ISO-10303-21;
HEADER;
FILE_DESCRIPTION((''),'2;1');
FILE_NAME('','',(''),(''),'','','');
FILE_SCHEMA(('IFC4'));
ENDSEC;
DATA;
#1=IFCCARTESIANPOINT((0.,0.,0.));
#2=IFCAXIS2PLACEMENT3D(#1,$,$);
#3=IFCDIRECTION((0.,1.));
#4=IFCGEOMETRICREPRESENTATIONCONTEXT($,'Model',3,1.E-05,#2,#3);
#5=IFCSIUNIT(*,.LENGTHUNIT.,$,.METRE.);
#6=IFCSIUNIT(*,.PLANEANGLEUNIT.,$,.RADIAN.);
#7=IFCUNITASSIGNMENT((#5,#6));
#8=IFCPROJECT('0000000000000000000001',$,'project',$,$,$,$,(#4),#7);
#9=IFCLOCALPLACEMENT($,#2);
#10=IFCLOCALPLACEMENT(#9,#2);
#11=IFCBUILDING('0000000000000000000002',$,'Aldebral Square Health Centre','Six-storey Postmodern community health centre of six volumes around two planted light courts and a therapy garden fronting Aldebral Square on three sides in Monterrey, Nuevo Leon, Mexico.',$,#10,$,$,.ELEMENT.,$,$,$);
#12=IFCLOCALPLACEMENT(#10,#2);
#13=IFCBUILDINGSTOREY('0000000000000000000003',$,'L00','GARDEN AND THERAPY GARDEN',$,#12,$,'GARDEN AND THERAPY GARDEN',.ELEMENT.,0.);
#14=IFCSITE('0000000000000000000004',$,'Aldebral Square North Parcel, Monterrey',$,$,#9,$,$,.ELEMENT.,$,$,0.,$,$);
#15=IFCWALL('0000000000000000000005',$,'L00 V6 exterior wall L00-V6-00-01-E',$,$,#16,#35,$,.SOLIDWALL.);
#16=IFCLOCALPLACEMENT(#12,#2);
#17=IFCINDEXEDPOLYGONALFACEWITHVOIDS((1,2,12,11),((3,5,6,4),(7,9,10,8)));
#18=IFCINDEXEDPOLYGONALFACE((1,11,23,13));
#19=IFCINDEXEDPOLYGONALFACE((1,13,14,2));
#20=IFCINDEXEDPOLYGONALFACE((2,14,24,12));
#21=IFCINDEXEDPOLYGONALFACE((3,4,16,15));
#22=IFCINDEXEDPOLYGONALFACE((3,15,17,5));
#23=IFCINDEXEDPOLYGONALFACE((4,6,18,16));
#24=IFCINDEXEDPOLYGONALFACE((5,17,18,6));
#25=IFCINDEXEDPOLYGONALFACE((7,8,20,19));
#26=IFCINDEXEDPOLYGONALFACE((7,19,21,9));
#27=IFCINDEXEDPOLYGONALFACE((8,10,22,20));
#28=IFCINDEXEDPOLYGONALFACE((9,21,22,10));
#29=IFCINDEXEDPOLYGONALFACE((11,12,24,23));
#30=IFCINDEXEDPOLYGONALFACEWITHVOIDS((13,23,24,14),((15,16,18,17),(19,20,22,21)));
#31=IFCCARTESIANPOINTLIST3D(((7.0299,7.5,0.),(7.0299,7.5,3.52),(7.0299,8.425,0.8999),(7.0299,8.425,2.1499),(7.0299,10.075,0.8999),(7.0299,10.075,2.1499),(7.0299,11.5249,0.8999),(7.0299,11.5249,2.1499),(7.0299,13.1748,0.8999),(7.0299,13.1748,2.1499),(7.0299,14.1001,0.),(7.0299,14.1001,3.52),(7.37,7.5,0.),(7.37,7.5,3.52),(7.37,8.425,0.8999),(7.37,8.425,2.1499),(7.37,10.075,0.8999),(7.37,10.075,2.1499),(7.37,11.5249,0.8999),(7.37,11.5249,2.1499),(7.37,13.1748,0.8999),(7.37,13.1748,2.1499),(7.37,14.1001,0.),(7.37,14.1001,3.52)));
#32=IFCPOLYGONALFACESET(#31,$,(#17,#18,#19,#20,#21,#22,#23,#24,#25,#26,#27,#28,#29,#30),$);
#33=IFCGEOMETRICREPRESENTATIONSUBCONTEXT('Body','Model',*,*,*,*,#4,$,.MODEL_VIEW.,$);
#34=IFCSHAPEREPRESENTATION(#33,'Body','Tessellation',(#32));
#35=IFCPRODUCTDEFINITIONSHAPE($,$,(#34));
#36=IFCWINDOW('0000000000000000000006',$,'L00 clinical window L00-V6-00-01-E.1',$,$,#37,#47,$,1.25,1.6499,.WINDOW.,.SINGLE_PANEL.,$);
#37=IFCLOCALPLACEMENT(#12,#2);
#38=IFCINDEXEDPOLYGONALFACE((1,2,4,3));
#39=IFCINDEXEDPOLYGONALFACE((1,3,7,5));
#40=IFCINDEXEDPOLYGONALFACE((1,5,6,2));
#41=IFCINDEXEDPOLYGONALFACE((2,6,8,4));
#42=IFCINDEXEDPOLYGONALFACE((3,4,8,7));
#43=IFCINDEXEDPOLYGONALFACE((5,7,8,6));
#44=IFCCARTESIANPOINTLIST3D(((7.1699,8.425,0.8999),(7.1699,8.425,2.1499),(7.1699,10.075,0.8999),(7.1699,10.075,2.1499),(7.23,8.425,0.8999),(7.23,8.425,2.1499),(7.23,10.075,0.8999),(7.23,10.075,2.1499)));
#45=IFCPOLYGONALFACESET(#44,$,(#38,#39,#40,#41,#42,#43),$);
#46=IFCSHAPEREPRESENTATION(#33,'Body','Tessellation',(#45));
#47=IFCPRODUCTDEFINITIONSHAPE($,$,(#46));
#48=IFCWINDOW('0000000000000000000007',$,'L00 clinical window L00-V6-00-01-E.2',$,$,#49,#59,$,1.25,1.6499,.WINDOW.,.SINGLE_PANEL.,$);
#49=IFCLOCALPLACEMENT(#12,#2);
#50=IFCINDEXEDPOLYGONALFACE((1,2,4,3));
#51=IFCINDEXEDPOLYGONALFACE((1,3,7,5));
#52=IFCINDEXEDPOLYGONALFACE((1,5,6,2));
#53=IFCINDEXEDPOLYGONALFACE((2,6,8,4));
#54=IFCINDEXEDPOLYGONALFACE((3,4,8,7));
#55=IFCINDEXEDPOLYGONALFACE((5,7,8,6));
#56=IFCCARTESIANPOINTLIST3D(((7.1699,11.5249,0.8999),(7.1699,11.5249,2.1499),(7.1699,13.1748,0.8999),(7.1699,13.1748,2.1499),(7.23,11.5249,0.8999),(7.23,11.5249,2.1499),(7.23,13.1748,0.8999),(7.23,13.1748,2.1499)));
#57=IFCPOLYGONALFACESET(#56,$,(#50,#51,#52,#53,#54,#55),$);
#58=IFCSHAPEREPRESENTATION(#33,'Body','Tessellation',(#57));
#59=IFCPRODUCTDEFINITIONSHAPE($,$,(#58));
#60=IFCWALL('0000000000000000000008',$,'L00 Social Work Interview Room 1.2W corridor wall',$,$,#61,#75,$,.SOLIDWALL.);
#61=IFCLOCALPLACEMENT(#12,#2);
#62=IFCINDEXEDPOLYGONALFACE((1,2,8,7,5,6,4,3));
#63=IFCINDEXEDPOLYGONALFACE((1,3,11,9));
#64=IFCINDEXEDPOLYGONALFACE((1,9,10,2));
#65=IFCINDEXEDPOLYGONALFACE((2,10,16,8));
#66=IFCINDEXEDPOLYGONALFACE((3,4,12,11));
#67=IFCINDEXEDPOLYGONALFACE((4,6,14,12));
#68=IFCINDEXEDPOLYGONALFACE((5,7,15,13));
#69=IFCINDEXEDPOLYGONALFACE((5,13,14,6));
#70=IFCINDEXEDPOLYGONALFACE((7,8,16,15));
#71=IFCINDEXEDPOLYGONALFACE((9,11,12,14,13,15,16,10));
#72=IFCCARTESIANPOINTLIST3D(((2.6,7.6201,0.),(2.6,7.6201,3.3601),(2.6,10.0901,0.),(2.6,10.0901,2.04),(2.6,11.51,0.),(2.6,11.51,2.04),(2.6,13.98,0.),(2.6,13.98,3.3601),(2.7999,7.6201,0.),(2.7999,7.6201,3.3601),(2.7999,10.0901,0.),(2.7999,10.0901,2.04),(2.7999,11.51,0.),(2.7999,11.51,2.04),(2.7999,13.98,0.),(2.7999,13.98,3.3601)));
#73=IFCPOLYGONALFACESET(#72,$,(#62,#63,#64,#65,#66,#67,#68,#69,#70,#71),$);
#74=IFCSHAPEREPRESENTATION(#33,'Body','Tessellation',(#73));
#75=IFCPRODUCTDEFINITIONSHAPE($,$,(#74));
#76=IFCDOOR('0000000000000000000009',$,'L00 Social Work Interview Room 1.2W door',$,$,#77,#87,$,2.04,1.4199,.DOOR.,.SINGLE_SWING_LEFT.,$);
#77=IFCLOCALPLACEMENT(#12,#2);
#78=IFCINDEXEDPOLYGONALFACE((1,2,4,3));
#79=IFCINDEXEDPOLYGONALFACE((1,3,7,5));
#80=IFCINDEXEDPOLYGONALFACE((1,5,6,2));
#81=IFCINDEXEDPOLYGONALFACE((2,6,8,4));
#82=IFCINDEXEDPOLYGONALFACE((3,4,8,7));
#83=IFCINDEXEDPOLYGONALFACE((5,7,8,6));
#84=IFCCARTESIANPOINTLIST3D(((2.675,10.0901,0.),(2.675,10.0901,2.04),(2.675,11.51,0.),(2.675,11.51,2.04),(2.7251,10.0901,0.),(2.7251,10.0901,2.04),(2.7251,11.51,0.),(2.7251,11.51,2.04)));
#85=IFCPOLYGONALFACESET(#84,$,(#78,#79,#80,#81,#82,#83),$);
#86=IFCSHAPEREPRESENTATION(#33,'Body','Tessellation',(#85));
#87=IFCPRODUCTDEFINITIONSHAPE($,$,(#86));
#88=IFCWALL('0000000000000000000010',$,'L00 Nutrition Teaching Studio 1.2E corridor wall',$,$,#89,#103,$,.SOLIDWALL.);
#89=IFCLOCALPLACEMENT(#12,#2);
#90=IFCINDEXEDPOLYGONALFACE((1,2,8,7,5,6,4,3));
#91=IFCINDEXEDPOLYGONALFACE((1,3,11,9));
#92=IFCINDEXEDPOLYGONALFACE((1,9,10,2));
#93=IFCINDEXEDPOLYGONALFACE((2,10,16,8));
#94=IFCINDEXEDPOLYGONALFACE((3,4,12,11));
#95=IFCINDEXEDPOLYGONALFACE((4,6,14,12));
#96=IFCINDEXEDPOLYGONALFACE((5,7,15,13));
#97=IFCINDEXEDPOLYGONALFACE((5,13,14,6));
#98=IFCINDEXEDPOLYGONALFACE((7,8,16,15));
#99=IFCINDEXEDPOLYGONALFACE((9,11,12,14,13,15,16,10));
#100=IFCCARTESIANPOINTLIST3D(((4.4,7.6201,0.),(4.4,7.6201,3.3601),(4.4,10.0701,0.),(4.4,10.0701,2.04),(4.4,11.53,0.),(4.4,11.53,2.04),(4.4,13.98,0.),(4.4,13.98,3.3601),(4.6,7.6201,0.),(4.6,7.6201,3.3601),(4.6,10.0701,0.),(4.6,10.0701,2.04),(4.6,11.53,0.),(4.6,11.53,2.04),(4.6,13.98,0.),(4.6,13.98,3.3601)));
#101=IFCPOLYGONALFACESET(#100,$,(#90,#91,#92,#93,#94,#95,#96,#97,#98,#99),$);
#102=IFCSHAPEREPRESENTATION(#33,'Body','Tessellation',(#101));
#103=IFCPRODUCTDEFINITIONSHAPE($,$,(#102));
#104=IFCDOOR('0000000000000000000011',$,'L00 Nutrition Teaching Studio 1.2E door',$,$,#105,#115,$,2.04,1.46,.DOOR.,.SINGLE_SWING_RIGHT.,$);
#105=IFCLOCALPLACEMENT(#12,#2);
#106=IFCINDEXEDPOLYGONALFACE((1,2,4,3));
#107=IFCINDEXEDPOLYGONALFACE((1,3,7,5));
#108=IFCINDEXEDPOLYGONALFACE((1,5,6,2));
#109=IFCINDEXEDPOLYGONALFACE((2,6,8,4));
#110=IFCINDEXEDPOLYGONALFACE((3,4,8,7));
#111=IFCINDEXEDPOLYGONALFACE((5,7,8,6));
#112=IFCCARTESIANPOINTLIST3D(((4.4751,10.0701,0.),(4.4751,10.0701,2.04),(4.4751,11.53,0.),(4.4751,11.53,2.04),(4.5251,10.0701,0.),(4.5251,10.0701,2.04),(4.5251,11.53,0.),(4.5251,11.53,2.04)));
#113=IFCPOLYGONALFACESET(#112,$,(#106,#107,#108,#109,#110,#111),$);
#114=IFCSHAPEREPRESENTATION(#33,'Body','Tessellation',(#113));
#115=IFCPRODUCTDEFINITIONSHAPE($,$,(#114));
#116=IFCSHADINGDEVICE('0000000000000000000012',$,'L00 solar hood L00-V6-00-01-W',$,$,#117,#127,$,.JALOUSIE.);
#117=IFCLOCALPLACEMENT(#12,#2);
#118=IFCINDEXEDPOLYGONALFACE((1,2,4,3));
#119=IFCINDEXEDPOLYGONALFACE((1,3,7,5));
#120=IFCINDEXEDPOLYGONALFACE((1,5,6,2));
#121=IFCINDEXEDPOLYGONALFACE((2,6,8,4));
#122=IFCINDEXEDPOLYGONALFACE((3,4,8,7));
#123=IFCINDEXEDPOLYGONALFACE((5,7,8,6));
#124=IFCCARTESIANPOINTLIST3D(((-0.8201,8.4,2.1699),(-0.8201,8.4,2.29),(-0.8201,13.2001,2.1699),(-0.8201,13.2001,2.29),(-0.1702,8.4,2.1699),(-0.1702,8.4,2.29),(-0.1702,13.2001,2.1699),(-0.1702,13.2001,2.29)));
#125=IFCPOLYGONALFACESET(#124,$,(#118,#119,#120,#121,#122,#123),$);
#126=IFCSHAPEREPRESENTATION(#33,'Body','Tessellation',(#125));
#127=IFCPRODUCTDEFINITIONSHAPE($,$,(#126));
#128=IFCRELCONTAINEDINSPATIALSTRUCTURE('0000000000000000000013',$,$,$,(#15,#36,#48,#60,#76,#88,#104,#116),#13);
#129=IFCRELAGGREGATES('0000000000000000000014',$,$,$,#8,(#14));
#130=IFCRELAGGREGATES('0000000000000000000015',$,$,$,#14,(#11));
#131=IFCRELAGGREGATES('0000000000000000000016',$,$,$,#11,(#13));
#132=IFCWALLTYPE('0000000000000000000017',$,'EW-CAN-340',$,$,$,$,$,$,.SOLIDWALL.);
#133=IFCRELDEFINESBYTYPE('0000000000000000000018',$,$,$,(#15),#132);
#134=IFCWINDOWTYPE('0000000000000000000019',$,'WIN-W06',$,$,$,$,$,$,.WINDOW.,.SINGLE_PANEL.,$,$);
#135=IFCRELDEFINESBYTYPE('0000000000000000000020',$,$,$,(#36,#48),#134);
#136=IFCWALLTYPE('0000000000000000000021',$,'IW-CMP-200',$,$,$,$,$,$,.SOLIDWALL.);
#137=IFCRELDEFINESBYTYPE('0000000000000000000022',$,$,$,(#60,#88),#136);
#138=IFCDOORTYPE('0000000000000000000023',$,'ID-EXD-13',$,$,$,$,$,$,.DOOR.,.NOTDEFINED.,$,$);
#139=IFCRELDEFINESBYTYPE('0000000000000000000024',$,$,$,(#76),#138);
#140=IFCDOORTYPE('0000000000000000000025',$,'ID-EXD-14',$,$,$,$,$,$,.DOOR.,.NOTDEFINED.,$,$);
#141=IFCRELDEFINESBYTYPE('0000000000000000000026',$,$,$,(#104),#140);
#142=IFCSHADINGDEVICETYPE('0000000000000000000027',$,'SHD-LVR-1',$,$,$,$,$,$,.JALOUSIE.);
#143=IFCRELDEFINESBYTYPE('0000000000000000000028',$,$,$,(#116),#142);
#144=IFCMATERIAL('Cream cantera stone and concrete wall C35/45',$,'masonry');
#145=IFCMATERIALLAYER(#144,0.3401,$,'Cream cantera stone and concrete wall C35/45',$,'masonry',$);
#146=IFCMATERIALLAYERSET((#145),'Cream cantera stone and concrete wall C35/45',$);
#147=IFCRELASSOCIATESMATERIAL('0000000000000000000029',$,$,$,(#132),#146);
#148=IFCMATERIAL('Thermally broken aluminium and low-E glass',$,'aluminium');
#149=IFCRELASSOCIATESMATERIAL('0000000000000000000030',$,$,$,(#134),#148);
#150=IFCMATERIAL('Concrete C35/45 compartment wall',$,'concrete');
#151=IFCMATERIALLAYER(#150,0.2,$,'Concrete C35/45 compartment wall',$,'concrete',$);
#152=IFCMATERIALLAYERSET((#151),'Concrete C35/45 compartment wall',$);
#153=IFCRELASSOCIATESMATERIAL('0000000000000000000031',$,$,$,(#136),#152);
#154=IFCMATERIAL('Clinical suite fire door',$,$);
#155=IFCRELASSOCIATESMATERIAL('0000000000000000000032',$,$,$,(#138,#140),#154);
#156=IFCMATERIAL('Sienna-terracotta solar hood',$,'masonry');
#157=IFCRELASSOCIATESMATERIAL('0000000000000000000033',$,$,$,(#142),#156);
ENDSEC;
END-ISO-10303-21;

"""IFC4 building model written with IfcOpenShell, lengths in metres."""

from ifc_helpers import new_model, si_unit, direction, frame, frame_2d, origin, origin_2d, place, context, subcontext, project, spatial, rectangle, extrude, material, layer, layer_set, type_object, element, fill, save


model = new_model("IFC4")

# Units and contexts
model_context = context("Model", 3, precision=1e-05, world=origin(), true_north=direction((0.0, 1.0)))
body_context = subcontext(model_context, "Body", "Model", "MODEL_VIEW")
ifc_project = project(units=[si_unit("LENGTHUNIT", "METRE"), si_unit("PLANEANGLEUNIT", "RADIAN")], contexts=[model_context])

# Site, building, storey
site_placement = place(None, origin())
site = spatial("IfcSite", under=ifc_project, at=site_placement, Name="Aldebral Square North Parcel, Monterrey", CompositionType="ELEMENT", RefElevation=0.0)
building_placement = place(site_placement, origin())
building = spatial("IfcBuilding", under=site, at=building_placement, Name="Aldebral Square Health Centre", Description="Six-storey Postmodern community health centre of six volumes around two planted light courts and a therapy garden fronting Aldebral Square on three sides in Monterrey, Nuevo Leon, Mexico.", CompositionType="ELEMENT")
storey_placement = place(building_placement, origin())
storey = spatial("IfcBuildingStorey", under=building, at=storey_placement, Name="L00", Description="GARDEN AND THERAPY GARDEN", LongName="GARDEN AND THERAPY GARDEN", CompositionType="ELEMENT", Elevation=0.0)

# Wall, openings, windows
ifc_material_1 = material(Name="Cream cantera stone and concrete wall C35/45", Category="masonry")
ifc_layer_1 = layer(ifc_material_1, 0.3401, Name="Cream cantera stone and concrete wall C35/45", Category="masonry")
ifc_layer_set_1 = layer_set([ifc_layer_1], Name="Cream cantera stone and concrete wall C35/45")
wall_type_1 = type_object("IfcWallType", Name="EW-CAN-340", PredefinedType="SOLIDWALL", material=ifc_layer_set_1)
ifc_material_2 = material(Name="Thermally broken aluminium and low-E glass", Category="aluminium")
wall_1_placement = place(storey_placement, frame((7.2, 7.5, 0.0), z_axis=(0.0, 0.0, 1.0), x_axis=(0.0, 1.0, 0.0)))
wall_1 = element("IfcWall", 1, at=wall_1_placement, inside=storey, type_object=wall_type_1, Name="L00 V6 exterior wall L00-V6-00-01-E", PredefinedType="SOLIDWALL", context=body_context, shape_type="SweptSolid", body=[
    extrude(rectangle(XDim=6.6001, YDim=0.3401, at=frame_2d((3.3, 0.0))), origin(), (0.0, 0.0, 1.0), 3.52),
])
opening_1_placement = place(wall_1_placement, frame((0.925, 0.0, 0.8999)))
opening_1 = element("IfcOpeningElement", 2, at=opening_1_placement, cuts=wall_1, PredefinedType="OPENING", context=body_context, shape_type="SweptSolid", body=[
    extrude(rectangle(XDim=1.6499, YDim=1.25, at=frame_2d((0.825, 0.625))), frame((0.0, 0.1802, 0.0), z_axis=(0.0, -1.0, 0.0), x_axis=(1.0, 0.0, 0.0)), (0.0, 0.0, 1.0), 0.3601),
])
opening_2_placement = place(wall_1_placement, frame((4.0249, 0.0, 0.8999)))
opening_2 = element("IfcOpeningElement", 3, at=opening_2_placement, cuts=wall_1, PredefinedType="OPENING", context=body_context, shape_type="SweptSolid", body=[
    extrude(rectangle(XDim=1.6499, YDim=1.25, at=frame_2d((0.825, 0.625))), frame((0.0, 0.1802, 0.0), z_axis=(0.0, -1.0, 0.0), x_axis=(1.0, 0.0, 0.0)), (0.0, 0.0, 1.0), 0.3601),
])
window_type_1 = type_object("IfcWindowType", Name="WIN-W06", PartitioningType="SINGLE_PANEL", PredefinedType="WINDOW", material=ifc_material_2)
window_1_placement = place(opening_1_placement, origin())
window_1 = element("IfcWindow", 4, at=window_1_placement, inside=storey, type_object=window_type_1, Name="L00 clinical window L00-V6-00-01-E.1", OverallHeight=1.25, OverallWidth=1.6499, PartitioningType="SINGLE_PANEL", PredefinedType="WINDOW", context=body_context, shape_type="SweptSolid", body=[
    extrude(rectangle(XDim=1.6499, YDim=1.25, at=frame_2d((0.825, 0.625))), frame((0.0, 0.03, 0.0), z_axis=(0.0, -1.0, 0.0), x_axis=(1.0, 0.0, 0.0)), (0.0, 0.0, 1.0), 0.0601),
])
fill(opening_1, window_1)
window_2_placement = place(opening_2_placement, origin())
window_2 = element("IfcWindow", 5, at=window_2_placement, inside=storey, type_object=window_type_1, Name="L00 clinical window L00-V6-00-01-E.2", OverallHeight=1.25, OverallWidth=1.6499, PartitioningType="SINGLE_PANEL", PredefinedType="WINDOW", context=body_context, shape_type="SweptSolid", body=[
    extrude(rectangle(XDim=1.6499, YDim=1.25, at=frame_2d((0.825, 0.625))), frame((0.0, 0.03, 0.0), z_axis=(0.0, -1.0, 0.0), x_axis=(1.0, 0.0, 0.0)), (0.0, 0.0, 1.0), 0.0601),
])
fill(opening_2, window_2)

# Walls, openings, doors
ifc_material_3 = material(Name="Concrete C35/45 compartment wall", Category="concrete")
ifc_layer_2 = layer(ifc_material_3, 0.2, Name="Concrete C35/45 compartment wall", Category="concrete")
ifc_layer_set_2 = layer_set([ifc_layer_2], Name="Concrete C35/45 compartment wall")
wall_type_2 = type_object("IfcWallType", Name="IW-CMP-200", PredefinedType="SOLIDWALL", material=ifc_layer_set_2)
wall_2_placement = place(storey_placement, frame((2.7, 7.6201, 0.0), z_axis=(0.0, 0.0, 1.0), x_axis=(0.0, 1.0, 0.0)))
wall_2 = element("IfcWall", 6, at=wall_2_placement, inside=storey, type_object=wall_type_2, Name="L00 Social Work Interview Room 1.2W corridor wall", PredefinedType="SOLIDWALL", context=body_context, shape_type="SweptSolid", body=[
    extrude(rectangle(XDim=6.3599, YDim=0.2, at=frame_2d((3.1799, 0.0))), origin(), (0.0, 0.0, 1.0), 3.3601),
])
opening_3_placement = place(wall_2_placement, frame((2.47, 0.0, 0.0)))
opening_3 = element("IfcOpeningElement", 7, at=opening_3_placement, cuts=wall_2, PredefinedType="OPENING", context=body_context, shape_type="SweptSolid", body=[
    extrude(rectangle(XDim=1.4199, YDim=2.04, at=frame_2d((0.71, 1.02))), frame((0.0, 0.1099, 0.0), z_axis=(0.0, -1.0, 0.0), x_axis=(1.0, 0.0, 0.0)), (0.0, 0.0, 1.0), 0.22),
])
ifc_material_4 = material(Name="Clinical suite fire door")
door_type_1 = type_object("IfcDoorType", Name="ID-EXD-13", OperationType="NOTDEFINED", PredefinedType="DOOR", material=ifc_material_4)
door_1_placement = place(opening_3_placement, origin())
door_1 = element("IfcDoor", 8, at=door_1_placement, inside=storey, type_object=door_type_1, Name="L00 Social Work Interview Room 1.2W door", OperationType="SINGLE_SWING_LEFT", OverallHeight=2.04, OverallWidth=1.4199, PredefinedType="DOOR", context=body_context, shape_type="SweptSolid", body=[
    extrude(rectangle(XDim=1.4199, YDim=2.04, at=frame_2d((0.71, 1.02))), frame((0.0, 0.0249, 0.0), z_axis=(0.0, -1.0, 0.0), x_axis=(1.0, 0.0, 0.0)), (0.0, 0.0, 1.0), 0.05),
])
fill(opening_3, door_1)
wall_3_placement = place(storey_placement, frame((4.5, 7.6201, 0.0), z_axis=(0.0, 0.0, 1.0), x_axis=(0.0, 1.0, 0.0)))
wall_3 = element("IfcWall", 9, at=wall_3_placement, inside=storey, type_object=wall_type_2, Name="L00 Nutrition Teaching Studio 1.2E corridor wall", PredefinedType="SOLIDWALL", context=body_context, shape_type="SweptSolid", body=[
    extrude(rectangle(XDim=6.3599, YDim=0.2, at=frame_2d((3.1799, 0.0))), origin(), (0.0, 0.0, 1.0), 3.3601),
])
opening_4_placement = place(wall_3_placement, frame((2.45, 0.0, 0.0)))
opening_4 = element("IfcOpeningElement", 10, at=opening_4_placement, cuts=wall_3, PredefinedType="OPENING", context=body_context, shape_type="SweptSolid", body=[
    extrude(rectangle(XDim=1.46, YDim=2.04, at=frame_2d((0.73, 1.02))), frame((0.0, 0.1099, 0.0), z_axis=(0.0, -1.0, 0.0), x_axis=(1.0, 0.0, 0.0)), (0.0, 0.0, 1.0), 0.22),
])
door_type_2 = type_object("IfcDoorType", Name="ID-EXD-14", OperationType="NOTDEFINED", PredefinedType="DOOR", material=ifc_material_4)
door_2_placement = place(opening_4_placement, origin())
door_2 = element("IfcDoor", 11, at=door_2_placement, inside=storey, type_object=door_type_2, Name="L00 Nutrition Teaching Studio 1.2E door", OperationType="SINGLE_SWING_RIGHT", OverallHeight=2.04, OverallWidth=1.46, PredefinedType="DOOR", context=body_context, shape_type="SweptSolid", body=[
    extrude(rectangle(XDim=1.46, YDim=2.04, at=frame_2d((0.73, 1.02))), frame((0.0, 0.0249, 0.0), z_axis=(0.0, -1.0, 0.0), x_axis=(1.0, 0.0, 0.0)), (0.0, 0.0, 1.0), 0.05),
])
fill(opening_4, door_2)

# Shading device
ifc_material_5 = material(Name="Sienna-terracotta solar hood", Category="masonry")
shading_device_type = type_object("IfcShadingDeviceType", Name="SHD-LVR-1", PredefinedType="JALOUSIE", material=ifc_material_5)
shading_device_placement = place(storey_placement, frame((-0.4951, 10.8, 2.1699), z_axis=(0.0, 0.0, 1.0), x_axis=(0.0, 1.0, 0.0)))
element("IfcShadingDevice", 12, at=shading_device_placement, inside=storey, type_object=shading_device_type, Name="L00 solar hood L00-V6-00-01-W", PredefinedType="JALOUSIE", context=body_context, shape_type="SweptSolid", body=[
    extrude(rectangle(XDim=4.8, YDim=0.6499, at=origin_2d()), origin(), (0.0, 0.0, 1.0), 0.1201),
])

save(model, "model.ifc")
